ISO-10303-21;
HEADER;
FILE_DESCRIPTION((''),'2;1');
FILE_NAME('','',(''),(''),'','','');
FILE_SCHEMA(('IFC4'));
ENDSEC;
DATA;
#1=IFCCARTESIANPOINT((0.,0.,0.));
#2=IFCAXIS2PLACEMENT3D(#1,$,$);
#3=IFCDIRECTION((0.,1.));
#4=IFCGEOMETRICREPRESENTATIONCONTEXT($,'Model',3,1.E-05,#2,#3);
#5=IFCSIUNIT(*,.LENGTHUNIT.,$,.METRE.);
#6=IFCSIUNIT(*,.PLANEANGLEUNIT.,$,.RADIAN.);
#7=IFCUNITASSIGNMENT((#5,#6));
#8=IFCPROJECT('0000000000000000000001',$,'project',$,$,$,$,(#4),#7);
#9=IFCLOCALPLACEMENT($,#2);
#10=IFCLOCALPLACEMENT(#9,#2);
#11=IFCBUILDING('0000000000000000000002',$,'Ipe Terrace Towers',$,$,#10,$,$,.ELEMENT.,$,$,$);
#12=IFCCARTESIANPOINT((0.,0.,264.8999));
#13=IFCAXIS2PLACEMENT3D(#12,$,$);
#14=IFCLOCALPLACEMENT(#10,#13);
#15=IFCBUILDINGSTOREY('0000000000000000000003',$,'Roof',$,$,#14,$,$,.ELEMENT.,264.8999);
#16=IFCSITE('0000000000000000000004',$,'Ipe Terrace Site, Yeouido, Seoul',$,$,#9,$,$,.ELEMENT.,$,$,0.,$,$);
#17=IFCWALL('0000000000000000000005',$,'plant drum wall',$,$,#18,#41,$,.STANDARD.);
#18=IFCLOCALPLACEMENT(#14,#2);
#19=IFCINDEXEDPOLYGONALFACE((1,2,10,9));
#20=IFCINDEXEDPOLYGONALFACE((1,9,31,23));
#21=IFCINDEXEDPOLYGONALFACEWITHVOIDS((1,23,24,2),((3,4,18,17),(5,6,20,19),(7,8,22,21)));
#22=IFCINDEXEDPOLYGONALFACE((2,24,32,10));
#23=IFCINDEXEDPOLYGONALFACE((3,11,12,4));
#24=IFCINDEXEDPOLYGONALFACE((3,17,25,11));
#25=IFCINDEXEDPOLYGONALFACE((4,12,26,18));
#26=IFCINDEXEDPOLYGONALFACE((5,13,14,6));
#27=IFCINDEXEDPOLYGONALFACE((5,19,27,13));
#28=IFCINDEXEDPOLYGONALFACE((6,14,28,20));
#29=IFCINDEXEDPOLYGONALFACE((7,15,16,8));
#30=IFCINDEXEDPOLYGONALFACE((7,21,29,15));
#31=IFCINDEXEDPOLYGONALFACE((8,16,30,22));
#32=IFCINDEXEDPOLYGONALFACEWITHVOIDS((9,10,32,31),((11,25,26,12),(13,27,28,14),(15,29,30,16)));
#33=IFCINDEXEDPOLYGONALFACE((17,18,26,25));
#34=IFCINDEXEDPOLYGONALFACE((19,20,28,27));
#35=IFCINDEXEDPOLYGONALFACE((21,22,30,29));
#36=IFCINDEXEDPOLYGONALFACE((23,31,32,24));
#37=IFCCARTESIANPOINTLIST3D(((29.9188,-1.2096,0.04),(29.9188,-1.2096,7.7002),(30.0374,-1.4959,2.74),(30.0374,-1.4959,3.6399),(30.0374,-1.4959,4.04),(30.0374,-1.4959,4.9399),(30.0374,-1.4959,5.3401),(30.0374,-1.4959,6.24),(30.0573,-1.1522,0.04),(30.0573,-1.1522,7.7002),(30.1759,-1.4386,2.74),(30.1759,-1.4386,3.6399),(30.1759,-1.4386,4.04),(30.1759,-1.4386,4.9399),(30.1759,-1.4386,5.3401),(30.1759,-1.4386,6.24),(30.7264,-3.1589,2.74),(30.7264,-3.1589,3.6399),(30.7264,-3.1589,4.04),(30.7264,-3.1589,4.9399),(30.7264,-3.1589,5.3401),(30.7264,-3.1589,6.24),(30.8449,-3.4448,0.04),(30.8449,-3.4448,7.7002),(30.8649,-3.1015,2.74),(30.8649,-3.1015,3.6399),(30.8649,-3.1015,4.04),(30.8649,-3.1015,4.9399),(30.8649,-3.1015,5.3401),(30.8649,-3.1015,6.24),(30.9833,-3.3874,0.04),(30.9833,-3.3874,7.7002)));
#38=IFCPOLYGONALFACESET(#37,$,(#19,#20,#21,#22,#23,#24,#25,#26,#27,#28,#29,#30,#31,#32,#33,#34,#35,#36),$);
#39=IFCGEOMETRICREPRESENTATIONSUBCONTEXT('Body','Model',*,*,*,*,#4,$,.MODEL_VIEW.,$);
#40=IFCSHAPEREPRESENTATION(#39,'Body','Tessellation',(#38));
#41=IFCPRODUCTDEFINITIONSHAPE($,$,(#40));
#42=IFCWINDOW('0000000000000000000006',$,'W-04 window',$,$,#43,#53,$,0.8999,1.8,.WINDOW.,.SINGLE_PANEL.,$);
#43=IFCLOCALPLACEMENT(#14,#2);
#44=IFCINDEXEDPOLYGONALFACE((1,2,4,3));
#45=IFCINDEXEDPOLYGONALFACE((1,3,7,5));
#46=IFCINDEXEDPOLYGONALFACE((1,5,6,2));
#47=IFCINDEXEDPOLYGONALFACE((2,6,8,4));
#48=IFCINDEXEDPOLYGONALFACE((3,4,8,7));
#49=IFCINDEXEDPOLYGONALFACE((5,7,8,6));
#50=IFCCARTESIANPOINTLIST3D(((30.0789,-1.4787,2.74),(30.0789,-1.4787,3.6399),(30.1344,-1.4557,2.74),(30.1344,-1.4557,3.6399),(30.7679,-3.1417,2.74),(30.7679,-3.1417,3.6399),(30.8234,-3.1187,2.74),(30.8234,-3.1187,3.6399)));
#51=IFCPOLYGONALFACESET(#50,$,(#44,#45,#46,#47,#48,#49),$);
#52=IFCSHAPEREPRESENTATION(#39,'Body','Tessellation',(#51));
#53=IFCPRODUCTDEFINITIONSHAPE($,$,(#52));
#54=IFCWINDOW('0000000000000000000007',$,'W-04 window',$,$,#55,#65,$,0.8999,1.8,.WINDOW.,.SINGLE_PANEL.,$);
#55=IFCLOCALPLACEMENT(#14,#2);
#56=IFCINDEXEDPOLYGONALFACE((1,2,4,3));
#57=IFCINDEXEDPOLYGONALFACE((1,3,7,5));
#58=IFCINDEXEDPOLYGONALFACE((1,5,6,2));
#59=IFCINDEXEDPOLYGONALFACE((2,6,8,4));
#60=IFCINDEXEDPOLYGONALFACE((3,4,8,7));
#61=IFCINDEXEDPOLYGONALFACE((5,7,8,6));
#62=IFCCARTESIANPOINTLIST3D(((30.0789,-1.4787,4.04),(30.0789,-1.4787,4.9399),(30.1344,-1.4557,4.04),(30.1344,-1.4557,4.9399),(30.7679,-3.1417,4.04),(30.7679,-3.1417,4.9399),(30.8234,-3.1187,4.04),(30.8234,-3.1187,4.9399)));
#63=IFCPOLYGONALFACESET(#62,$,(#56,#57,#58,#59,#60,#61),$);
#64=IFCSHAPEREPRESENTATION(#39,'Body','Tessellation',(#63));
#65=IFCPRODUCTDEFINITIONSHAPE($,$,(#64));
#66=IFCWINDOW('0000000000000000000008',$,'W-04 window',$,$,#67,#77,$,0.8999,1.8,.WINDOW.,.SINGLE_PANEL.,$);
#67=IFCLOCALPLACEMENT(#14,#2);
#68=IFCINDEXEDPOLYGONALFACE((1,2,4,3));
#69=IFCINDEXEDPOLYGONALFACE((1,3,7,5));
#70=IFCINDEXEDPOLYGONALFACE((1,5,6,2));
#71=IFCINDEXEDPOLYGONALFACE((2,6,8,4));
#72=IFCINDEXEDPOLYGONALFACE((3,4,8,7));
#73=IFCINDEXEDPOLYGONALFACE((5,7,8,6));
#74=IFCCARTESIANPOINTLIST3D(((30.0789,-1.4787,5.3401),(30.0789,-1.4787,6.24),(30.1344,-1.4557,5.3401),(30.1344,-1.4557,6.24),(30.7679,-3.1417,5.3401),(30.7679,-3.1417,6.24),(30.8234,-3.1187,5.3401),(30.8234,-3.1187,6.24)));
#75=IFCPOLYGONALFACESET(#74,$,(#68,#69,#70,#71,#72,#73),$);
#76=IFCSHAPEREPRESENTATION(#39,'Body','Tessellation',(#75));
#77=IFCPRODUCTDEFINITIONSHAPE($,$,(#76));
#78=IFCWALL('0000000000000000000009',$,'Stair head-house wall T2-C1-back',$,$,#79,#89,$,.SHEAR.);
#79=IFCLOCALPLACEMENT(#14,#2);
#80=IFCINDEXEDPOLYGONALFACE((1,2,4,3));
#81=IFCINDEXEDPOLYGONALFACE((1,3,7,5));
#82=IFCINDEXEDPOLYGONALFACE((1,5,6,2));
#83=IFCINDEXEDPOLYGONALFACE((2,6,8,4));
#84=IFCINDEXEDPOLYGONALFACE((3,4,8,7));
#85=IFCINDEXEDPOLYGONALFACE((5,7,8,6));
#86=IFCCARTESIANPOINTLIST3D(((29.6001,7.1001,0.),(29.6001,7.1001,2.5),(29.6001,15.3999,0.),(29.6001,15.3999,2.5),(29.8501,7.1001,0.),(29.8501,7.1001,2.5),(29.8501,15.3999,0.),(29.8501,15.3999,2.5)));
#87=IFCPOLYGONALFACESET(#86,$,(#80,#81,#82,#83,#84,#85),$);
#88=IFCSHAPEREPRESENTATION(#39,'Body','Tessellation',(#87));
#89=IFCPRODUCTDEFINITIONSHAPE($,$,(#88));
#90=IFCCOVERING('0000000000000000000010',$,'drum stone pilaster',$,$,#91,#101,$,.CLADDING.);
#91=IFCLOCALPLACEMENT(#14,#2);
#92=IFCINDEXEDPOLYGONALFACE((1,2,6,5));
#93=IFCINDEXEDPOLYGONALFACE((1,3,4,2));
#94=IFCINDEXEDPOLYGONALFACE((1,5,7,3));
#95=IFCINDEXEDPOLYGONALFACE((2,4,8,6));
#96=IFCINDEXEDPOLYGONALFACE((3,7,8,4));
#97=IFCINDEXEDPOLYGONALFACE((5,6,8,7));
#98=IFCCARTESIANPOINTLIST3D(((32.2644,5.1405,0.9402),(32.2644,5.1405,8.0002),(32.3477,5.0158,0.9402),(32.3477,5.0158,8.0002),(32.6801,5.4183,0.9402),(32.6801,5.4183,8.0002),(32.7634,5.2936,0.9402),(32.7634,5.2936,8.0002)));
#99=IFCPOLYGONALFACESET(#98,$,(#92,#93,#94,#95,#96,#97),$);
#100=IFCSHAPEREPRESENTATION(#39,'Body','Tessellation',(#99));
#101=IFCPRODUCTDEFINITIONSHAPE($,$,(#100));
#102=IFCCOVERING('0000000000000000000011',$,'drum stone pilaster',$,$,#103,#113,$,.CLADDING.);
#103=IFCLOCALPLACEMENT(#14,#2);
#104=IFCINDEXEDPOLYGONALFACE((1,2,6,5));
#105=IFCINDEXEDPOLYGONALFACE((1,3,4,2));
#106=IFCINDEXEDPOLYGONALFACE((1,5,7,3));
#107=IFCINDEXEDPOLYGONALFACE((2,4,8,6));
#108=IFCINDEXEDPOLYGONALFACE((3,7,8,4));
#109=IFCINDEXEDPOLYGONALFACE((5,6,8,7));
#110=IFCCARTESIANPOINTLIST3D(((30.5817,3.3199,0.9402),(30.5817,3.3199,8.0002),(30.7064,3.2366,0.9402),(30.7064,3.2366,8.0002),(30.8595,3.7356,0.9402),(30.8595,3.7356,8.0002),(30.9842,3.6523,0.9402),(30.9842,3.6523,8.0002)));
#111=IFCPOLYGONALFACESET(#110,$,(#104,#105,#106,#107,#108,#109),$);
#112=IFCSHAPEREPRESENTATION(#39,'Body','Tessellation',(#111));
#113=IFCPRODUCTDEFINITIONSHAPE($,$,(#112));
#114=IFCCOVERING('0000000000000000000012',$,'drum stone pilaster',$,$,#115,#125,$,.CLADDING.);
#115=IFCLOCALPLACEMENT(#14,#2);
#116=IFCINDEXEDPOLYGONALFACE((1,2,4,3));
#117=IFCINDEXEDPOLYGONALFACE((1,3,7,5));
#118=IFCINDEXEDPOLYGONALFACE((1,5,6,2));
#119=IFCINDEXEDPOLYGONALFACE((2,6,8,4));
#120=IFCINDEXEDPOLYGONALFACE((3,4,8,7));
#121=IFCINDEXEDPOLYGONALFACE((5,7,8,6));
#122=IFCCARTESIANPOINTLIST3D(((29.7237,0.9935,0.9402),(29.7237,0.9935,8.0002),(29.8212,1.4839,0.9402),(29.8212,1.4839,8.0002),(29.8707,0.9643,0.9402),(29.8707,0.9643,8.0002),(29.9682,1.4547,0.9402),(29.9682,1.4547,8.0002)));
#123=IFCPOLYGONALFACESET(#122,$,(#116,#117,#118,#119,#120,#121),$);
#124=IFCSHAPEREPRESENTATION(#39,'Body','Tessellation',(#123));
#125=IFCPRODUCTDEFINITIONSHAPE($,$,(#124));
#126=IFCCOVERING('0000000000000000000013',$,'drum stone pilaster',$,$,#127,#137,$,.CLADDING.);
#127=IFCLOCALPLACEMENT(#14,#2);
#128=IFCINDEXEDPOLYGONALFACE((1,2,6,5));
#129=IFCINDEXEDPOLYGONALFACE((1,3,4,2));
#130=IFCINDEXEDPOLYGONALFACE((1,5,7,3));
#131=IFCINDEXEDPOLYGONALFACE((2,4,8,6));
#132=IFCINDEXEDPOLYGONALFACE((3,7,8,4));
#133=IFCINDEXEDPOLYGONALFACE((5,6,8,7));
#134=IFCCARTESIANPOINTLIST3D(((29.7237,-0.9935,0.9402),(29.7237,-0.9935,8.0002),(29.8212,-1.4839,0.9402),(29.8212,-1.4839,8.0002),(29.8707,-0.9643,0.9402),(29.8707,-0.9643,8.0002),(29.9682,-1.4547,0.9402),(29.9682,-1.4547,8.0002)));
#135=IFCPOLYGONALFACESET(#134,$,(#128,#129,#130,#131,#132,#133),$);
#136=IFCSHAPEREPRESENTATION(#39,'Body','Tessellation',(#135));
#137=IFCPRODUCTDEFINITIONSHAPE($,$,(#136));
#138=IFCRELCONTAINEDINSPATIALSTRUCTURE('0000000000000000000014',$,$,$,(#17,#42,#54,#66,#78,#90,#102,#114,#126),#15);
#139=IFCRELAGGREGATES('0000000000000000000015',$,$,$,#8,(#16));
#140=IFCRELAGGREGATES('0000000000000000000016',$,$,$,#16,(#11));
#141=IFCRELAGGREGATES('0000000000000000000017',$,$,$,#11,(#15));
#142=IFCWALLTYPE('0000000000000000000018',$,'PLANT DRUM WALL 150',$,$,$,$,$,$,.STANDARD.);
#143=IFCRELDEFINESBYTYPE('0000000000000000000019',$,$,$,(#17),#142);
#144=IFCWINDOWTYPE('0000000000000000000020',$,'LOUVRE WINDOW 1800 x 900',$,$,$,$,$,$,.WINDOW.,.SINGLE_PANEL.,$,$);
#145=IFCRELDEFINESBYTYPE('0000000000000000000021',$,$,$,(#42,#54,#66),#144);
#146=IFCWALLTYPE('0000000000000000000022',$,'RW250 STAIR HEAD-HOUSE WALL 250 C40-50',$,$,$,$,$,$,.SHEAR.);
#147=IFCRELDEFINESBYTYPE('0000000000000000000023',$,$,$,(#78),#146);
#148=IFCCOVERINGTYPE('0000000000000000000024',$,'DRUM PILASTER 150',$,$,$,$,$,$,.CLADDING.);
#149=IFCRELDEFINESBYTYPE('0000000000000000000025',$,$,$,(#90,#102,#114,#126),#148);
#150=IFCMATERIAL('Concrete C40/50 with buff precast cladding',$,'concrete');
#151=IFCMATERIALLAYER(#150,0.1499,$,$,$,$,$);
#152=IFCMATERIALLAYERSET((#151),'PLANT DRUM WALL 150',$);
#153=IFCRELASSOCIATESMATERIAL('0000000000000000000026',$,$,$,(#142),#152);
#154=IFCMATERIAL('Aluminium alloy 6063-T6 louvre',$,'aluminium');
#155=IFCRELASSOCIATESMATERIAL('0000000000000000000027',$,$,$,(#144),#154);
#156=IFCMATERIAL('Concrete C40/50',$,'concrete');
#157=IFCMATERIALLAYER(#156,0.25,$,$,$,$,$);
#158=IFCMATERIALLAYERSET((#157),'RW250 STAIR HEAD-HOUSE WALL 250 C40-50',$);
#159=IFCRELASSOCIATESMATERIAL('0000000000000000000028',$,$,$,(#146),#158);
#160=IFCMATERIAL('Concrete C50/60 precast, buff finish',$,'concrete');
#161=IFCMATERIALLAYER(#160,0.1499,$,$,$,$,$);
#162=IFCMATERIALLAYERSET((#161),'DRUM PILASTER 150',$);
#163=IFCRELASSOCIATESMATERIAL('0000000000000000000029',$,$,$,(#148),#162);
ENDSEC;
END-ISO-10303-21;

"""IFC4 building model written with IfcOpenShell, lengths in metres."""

from ifc_helpers import new_model, si_unit, direction, frame, frame_2d, origin, origin_2d, place, context, subcontext, project, spatial, rectangle, extrude, material, layer, layer_set, type_object, element, fill, save


model = new_model("IFC4")

# Units and contexts
model_context = context("Model", 3, precision=1e-05, world=origin(), true_north=direction((0.0, 1.0)))
body_context = subcontext(model_context, "Body", "Model", "MODEL_VIEW")
ifc_project = project(units=[si_unit("LENGTHUNIT", "METRE"), si_unit("PLANEANGLEUNIT", "RADIAN")], contexts=[model_context])

# Site, building, storey
site_placement = place(None, origin())
site = spatial("IfcSite", under=ifc_project, at=site_placement, Name="Ipe Terrace Site, Yeouido, Seoul", CompositionType="ELEMENT", RefElevation=0.0)
building_placement = place(site_placement, origin())
building = spatial("IfcBuilding", under=site, at=building_placement, Name="Ipe Terrace Towers", CompositionType="ELEMENT")
storey_placement = place(building_placement, frame((0.0, 0.0, 264.8999)))
storey = spatial("IfcBuildingStorey", under=building, at=storey_placement, Name="Roof", CompositionType="ELEMENT", Elevation=264.8999)

# Wall, openings, windows
ifc_material_1 = material(Name="Concrete C40/50 with buff precast cladding", Category="concrete")
ifc_layer_1 = layer(ifc_material_1, 0.1499)
ifc_layer_set_1 = layer_set([ifc_layer_1], Name="PLANT DRUM WALL 150")
wall_type_1 = type_object("IfcWallType", Name="PLANT DRUM WALL 150", PredefinedType="STANDARD", material=ifc_layer_set_1)
ifc_material_2 = material(Name="Aluminium alloy 6063-T6 louvre", Category="aluminium")
window_type = type_object("IfcWindowType", Name="LOUVRE WINDOW 1800 x 900", PartitioningType="SINGLE_PANEL", PredefinedType="WINDOW", material=ifc_material_2)
wall_1_placement = place(storey_placement, frame((29.988, -1.1809, 0.04), z_axis=(0.0, 0.0, 1.0), x_axis=(0.382759, -0.923848, 0.0)))
wall_1 = element("IfcWall", 1, at=wall_1_placement, inside=storey, type_object=wall_type_1, Name="plant drum wall", PredefinedType="STANDARD", context=body_context, shape_type="SweptSolid", body=[
    extrude(rectangle(XDim=2.4194, YDim=0.1499, at=frame_2d((1.2097, 0.0))), origin(), (0.0, 0.0, 1.0), 7.6602),
])
opening_1_placement = place(wall_1_placement, frame((0.3101, 0.0, 2.7)))
opening_1 = element("IfcOpeningElement", 2, at=opening_1_placement, cuts=wall_1, PredefinedType="OPENING", context=body_context, shape_type="SweptSolid", body=[
    extrude(rectangle(XDim=1.8, YDim=0.8999, at=frame_2d((0.8999, 0.45))), frame((0.0, 0.085, 0.0), z_axis=(0.0, -1.0, 0.0), x_axis=(1.0, 0.0, 0.0)), (0.0, 0.0, 1.0), 0.1699),
])
opening_2_placement = place(wall_1_placement, frame((0.3101, 0.0, 4.0)))
opening_2 = element("IfcOpeningElement", 3, at=opening_2_placement, cuts=wall_1, PredefinedType="OPENING", context=body_context, shape_type="SweptSolid", body=[
    extrude(rectangle(XDim=1.8, YDim=0.8999, at=frame_2d((0.8999, 0.45))), frame((0.0, 0.085, 0.0), z_axis=(0.0, -1.0, 0.0), x_axis=(1.0, 0.0, 0.0)), (0.0, 0.0, 1.0), 0.1699),
])
opening_3_placement = place(wall_1_placement, frame((0.3101, 0.0, 5.3)))
opening_3 = element("IfcOpeningElement", 4, at=opening_3_placement, cuts=wall_1, PredefinedType="OPENING", context=body_context, shape_type="SweptSolid", body=[
    extrude(rectangle(XDim=1.8, YDim=0.8999, at=frame_2d((0.8999, 0.45))), frame((0.0, 0.085, 0.0), z_axis=(0.0, -1.0, 0.0), x_axis=(1.0, 0.0, 0.0)), (0.0, 0.0, 1.0), 0.1699),
])
window_1_placement = place(opening_1_placement, origin())
window_1 = element("IfcWindow", 5, at=window_1_placement, inside=storey, type_object=window_type, Name="W-04 window", OverallHeight=0.8999, OverallWidth=1.8, PartitioningType="SINGLE_PANEL", PredefinedType="WINDOW", context=body_context, shape_type="SweptSolid", body=[
    extrude(rectangle(XDim=1.8, YDim=0.8999, at=frame_2d((0.8999, 0.45))), frame((0.0, 0.03, 0.0), z_axis=(0.0, -1.0, 0.0), x_axis=(1.0, 0.0, 0.0)), (0.0, 0.0, 1.0), 0.0601),
])
fill(opening_1, window_1)
window_2_placement = place(opening_2_placement, origin())
window_2 = element("IfcWindow", 6, at=window_2_placement, inside=storey, type_object=window_type, Name="W-04 window", OverallHeight=0.8999, OverallWidth=1.8, PartitioningType="SINGLE_PANEL", PredefinedType="WINDOW", context=body_context, shape_type="SweptSolid", body=[
    extrude(rectangle(XDim=1.8, YDim=0.8999, at=frame_2d((0.8999, 0.45))), frame((0.0, 0.03, 0.0), z_axis=(0.0, -1.0, 0.0), x_axis=(1.0, 0.0, 0.0)), (0.0, 0.0, 1.0), 0.0601),
])
fill(opening_2, window_2)
window_3_placement = place(opening_3_placement, origin())
window_3 = element("IfcWindow", 7, at=window_3_placement, inside=storey, type_object=window_type, Name="W-04 window", OverallHeight=0.8999, OverallWidth=1.8, PartitioningType="SINGLE_PANEL", PredefinedType="WINDOW", context=body_context, shape_type="SweptSolid", body=[
    extrude(rectangle(XDim=1.8, YDim=0.8999, at=frame_2d((0.8999, 0.45))), frame((0.0, 0.03, 0.0), z_axis=(0.0, -1.0, 0.0), x_axis=(1.0, 0.0, 0.0)), (0.0, 0.0, 1.0), 0.0601),
])
fill(opening_3, window_3)

# Wall
ifc_material_3 = material(Name="Concrete C40/50", Category="concrete")
ifc_layer_2 = layer(ifc_material_3, 0.25)
ifc_layer_set_2 = layer_set([ifc_layer_2], Name="RW250 STAIR HEAD-HOUSE WALL 250 C40-50")
wall_type_2 = type_object("IfcWallType", Name="RW250 STAIR HEAD-HOUSE WALL 250 C40-50", PredefinedType="SHEAR", material=ifc_layer_set_2)
wall_2_placement = place(storey_placement, frame((29.7251, 7.1001, 0.0), z_axis=(0.0, 0.0, 1.0), x_axis=(0.0, 1.0, 0.0)))
element("IfcWall", 8, at=wall_2_placement, inside=storey, type_object=wall_type_2, Name="Stair head-house wall T2-C1-back", PredefinedType="SHEAR", context=body_context, shape_type="SweptSolid", body=[
    extrude(rectangle(XDim=8.2998, YDim=0.25, at=frame_2d((4.1499, 0.0))), origin(), (0.0, 0.0, 1.0), 2.5),
])

# Coverings
ifc_material_4 = material(Name="Concrete C50/60 precast, buff finish", Category="concrete")
ifc_layer_3 = layer(ifc_material_4, 0.1499)
ifc_layer_set_3 = layer_set([ifc_layer_3], Name="DRUM PILASTER 150")
covering_type = type_object("IfcCoveringType", Name="DRUM PILASTER 150", PredefinedType="CLADDING", material=ifc_layer_set_3)
for number, where, z_axis, x_axis, name in (
    (9, (32.5139, 5.217, 0.9402), (0.0, 0.0, 1.0), (-0.55557, 0.83147, 0.0), "drum stone pilaster"),
    (10, (30.783, 3.4861, 0.9402), (0.0, 0.0, 1.0), (-0.83147, 0.55557, 0.0), "drum stone pilaster"),
    (11, (29.8459, 1.2241, 0.9402), (0.0, 0.0, 1.0), (-0.980785, 0.19509, 0.0), "drum stone pilaster"),
    (12, (29.8459, -1.2241, 0.9402), (0.0, 0.0, 1.0), (-0.980785, -0.19509, 0.0), "drum stone pilaster"),
):
    element("IfcCovering", number, at=place(storey_placement, frame(where, z_axis=z_axis, x_axis=x_axis)), inside=storey, type_object=covering_type, Name=name, PredefinedType="CLADDING", context=body_context, shape_type="SweptSolid", body=[
        extrude(rectangle(XDim=0.1499, YDim=0.5, at=origin_2d()), origin(), (0.0, 0.0, 1.0), 7.0601),
    ])

save(model, "model.ifc")
